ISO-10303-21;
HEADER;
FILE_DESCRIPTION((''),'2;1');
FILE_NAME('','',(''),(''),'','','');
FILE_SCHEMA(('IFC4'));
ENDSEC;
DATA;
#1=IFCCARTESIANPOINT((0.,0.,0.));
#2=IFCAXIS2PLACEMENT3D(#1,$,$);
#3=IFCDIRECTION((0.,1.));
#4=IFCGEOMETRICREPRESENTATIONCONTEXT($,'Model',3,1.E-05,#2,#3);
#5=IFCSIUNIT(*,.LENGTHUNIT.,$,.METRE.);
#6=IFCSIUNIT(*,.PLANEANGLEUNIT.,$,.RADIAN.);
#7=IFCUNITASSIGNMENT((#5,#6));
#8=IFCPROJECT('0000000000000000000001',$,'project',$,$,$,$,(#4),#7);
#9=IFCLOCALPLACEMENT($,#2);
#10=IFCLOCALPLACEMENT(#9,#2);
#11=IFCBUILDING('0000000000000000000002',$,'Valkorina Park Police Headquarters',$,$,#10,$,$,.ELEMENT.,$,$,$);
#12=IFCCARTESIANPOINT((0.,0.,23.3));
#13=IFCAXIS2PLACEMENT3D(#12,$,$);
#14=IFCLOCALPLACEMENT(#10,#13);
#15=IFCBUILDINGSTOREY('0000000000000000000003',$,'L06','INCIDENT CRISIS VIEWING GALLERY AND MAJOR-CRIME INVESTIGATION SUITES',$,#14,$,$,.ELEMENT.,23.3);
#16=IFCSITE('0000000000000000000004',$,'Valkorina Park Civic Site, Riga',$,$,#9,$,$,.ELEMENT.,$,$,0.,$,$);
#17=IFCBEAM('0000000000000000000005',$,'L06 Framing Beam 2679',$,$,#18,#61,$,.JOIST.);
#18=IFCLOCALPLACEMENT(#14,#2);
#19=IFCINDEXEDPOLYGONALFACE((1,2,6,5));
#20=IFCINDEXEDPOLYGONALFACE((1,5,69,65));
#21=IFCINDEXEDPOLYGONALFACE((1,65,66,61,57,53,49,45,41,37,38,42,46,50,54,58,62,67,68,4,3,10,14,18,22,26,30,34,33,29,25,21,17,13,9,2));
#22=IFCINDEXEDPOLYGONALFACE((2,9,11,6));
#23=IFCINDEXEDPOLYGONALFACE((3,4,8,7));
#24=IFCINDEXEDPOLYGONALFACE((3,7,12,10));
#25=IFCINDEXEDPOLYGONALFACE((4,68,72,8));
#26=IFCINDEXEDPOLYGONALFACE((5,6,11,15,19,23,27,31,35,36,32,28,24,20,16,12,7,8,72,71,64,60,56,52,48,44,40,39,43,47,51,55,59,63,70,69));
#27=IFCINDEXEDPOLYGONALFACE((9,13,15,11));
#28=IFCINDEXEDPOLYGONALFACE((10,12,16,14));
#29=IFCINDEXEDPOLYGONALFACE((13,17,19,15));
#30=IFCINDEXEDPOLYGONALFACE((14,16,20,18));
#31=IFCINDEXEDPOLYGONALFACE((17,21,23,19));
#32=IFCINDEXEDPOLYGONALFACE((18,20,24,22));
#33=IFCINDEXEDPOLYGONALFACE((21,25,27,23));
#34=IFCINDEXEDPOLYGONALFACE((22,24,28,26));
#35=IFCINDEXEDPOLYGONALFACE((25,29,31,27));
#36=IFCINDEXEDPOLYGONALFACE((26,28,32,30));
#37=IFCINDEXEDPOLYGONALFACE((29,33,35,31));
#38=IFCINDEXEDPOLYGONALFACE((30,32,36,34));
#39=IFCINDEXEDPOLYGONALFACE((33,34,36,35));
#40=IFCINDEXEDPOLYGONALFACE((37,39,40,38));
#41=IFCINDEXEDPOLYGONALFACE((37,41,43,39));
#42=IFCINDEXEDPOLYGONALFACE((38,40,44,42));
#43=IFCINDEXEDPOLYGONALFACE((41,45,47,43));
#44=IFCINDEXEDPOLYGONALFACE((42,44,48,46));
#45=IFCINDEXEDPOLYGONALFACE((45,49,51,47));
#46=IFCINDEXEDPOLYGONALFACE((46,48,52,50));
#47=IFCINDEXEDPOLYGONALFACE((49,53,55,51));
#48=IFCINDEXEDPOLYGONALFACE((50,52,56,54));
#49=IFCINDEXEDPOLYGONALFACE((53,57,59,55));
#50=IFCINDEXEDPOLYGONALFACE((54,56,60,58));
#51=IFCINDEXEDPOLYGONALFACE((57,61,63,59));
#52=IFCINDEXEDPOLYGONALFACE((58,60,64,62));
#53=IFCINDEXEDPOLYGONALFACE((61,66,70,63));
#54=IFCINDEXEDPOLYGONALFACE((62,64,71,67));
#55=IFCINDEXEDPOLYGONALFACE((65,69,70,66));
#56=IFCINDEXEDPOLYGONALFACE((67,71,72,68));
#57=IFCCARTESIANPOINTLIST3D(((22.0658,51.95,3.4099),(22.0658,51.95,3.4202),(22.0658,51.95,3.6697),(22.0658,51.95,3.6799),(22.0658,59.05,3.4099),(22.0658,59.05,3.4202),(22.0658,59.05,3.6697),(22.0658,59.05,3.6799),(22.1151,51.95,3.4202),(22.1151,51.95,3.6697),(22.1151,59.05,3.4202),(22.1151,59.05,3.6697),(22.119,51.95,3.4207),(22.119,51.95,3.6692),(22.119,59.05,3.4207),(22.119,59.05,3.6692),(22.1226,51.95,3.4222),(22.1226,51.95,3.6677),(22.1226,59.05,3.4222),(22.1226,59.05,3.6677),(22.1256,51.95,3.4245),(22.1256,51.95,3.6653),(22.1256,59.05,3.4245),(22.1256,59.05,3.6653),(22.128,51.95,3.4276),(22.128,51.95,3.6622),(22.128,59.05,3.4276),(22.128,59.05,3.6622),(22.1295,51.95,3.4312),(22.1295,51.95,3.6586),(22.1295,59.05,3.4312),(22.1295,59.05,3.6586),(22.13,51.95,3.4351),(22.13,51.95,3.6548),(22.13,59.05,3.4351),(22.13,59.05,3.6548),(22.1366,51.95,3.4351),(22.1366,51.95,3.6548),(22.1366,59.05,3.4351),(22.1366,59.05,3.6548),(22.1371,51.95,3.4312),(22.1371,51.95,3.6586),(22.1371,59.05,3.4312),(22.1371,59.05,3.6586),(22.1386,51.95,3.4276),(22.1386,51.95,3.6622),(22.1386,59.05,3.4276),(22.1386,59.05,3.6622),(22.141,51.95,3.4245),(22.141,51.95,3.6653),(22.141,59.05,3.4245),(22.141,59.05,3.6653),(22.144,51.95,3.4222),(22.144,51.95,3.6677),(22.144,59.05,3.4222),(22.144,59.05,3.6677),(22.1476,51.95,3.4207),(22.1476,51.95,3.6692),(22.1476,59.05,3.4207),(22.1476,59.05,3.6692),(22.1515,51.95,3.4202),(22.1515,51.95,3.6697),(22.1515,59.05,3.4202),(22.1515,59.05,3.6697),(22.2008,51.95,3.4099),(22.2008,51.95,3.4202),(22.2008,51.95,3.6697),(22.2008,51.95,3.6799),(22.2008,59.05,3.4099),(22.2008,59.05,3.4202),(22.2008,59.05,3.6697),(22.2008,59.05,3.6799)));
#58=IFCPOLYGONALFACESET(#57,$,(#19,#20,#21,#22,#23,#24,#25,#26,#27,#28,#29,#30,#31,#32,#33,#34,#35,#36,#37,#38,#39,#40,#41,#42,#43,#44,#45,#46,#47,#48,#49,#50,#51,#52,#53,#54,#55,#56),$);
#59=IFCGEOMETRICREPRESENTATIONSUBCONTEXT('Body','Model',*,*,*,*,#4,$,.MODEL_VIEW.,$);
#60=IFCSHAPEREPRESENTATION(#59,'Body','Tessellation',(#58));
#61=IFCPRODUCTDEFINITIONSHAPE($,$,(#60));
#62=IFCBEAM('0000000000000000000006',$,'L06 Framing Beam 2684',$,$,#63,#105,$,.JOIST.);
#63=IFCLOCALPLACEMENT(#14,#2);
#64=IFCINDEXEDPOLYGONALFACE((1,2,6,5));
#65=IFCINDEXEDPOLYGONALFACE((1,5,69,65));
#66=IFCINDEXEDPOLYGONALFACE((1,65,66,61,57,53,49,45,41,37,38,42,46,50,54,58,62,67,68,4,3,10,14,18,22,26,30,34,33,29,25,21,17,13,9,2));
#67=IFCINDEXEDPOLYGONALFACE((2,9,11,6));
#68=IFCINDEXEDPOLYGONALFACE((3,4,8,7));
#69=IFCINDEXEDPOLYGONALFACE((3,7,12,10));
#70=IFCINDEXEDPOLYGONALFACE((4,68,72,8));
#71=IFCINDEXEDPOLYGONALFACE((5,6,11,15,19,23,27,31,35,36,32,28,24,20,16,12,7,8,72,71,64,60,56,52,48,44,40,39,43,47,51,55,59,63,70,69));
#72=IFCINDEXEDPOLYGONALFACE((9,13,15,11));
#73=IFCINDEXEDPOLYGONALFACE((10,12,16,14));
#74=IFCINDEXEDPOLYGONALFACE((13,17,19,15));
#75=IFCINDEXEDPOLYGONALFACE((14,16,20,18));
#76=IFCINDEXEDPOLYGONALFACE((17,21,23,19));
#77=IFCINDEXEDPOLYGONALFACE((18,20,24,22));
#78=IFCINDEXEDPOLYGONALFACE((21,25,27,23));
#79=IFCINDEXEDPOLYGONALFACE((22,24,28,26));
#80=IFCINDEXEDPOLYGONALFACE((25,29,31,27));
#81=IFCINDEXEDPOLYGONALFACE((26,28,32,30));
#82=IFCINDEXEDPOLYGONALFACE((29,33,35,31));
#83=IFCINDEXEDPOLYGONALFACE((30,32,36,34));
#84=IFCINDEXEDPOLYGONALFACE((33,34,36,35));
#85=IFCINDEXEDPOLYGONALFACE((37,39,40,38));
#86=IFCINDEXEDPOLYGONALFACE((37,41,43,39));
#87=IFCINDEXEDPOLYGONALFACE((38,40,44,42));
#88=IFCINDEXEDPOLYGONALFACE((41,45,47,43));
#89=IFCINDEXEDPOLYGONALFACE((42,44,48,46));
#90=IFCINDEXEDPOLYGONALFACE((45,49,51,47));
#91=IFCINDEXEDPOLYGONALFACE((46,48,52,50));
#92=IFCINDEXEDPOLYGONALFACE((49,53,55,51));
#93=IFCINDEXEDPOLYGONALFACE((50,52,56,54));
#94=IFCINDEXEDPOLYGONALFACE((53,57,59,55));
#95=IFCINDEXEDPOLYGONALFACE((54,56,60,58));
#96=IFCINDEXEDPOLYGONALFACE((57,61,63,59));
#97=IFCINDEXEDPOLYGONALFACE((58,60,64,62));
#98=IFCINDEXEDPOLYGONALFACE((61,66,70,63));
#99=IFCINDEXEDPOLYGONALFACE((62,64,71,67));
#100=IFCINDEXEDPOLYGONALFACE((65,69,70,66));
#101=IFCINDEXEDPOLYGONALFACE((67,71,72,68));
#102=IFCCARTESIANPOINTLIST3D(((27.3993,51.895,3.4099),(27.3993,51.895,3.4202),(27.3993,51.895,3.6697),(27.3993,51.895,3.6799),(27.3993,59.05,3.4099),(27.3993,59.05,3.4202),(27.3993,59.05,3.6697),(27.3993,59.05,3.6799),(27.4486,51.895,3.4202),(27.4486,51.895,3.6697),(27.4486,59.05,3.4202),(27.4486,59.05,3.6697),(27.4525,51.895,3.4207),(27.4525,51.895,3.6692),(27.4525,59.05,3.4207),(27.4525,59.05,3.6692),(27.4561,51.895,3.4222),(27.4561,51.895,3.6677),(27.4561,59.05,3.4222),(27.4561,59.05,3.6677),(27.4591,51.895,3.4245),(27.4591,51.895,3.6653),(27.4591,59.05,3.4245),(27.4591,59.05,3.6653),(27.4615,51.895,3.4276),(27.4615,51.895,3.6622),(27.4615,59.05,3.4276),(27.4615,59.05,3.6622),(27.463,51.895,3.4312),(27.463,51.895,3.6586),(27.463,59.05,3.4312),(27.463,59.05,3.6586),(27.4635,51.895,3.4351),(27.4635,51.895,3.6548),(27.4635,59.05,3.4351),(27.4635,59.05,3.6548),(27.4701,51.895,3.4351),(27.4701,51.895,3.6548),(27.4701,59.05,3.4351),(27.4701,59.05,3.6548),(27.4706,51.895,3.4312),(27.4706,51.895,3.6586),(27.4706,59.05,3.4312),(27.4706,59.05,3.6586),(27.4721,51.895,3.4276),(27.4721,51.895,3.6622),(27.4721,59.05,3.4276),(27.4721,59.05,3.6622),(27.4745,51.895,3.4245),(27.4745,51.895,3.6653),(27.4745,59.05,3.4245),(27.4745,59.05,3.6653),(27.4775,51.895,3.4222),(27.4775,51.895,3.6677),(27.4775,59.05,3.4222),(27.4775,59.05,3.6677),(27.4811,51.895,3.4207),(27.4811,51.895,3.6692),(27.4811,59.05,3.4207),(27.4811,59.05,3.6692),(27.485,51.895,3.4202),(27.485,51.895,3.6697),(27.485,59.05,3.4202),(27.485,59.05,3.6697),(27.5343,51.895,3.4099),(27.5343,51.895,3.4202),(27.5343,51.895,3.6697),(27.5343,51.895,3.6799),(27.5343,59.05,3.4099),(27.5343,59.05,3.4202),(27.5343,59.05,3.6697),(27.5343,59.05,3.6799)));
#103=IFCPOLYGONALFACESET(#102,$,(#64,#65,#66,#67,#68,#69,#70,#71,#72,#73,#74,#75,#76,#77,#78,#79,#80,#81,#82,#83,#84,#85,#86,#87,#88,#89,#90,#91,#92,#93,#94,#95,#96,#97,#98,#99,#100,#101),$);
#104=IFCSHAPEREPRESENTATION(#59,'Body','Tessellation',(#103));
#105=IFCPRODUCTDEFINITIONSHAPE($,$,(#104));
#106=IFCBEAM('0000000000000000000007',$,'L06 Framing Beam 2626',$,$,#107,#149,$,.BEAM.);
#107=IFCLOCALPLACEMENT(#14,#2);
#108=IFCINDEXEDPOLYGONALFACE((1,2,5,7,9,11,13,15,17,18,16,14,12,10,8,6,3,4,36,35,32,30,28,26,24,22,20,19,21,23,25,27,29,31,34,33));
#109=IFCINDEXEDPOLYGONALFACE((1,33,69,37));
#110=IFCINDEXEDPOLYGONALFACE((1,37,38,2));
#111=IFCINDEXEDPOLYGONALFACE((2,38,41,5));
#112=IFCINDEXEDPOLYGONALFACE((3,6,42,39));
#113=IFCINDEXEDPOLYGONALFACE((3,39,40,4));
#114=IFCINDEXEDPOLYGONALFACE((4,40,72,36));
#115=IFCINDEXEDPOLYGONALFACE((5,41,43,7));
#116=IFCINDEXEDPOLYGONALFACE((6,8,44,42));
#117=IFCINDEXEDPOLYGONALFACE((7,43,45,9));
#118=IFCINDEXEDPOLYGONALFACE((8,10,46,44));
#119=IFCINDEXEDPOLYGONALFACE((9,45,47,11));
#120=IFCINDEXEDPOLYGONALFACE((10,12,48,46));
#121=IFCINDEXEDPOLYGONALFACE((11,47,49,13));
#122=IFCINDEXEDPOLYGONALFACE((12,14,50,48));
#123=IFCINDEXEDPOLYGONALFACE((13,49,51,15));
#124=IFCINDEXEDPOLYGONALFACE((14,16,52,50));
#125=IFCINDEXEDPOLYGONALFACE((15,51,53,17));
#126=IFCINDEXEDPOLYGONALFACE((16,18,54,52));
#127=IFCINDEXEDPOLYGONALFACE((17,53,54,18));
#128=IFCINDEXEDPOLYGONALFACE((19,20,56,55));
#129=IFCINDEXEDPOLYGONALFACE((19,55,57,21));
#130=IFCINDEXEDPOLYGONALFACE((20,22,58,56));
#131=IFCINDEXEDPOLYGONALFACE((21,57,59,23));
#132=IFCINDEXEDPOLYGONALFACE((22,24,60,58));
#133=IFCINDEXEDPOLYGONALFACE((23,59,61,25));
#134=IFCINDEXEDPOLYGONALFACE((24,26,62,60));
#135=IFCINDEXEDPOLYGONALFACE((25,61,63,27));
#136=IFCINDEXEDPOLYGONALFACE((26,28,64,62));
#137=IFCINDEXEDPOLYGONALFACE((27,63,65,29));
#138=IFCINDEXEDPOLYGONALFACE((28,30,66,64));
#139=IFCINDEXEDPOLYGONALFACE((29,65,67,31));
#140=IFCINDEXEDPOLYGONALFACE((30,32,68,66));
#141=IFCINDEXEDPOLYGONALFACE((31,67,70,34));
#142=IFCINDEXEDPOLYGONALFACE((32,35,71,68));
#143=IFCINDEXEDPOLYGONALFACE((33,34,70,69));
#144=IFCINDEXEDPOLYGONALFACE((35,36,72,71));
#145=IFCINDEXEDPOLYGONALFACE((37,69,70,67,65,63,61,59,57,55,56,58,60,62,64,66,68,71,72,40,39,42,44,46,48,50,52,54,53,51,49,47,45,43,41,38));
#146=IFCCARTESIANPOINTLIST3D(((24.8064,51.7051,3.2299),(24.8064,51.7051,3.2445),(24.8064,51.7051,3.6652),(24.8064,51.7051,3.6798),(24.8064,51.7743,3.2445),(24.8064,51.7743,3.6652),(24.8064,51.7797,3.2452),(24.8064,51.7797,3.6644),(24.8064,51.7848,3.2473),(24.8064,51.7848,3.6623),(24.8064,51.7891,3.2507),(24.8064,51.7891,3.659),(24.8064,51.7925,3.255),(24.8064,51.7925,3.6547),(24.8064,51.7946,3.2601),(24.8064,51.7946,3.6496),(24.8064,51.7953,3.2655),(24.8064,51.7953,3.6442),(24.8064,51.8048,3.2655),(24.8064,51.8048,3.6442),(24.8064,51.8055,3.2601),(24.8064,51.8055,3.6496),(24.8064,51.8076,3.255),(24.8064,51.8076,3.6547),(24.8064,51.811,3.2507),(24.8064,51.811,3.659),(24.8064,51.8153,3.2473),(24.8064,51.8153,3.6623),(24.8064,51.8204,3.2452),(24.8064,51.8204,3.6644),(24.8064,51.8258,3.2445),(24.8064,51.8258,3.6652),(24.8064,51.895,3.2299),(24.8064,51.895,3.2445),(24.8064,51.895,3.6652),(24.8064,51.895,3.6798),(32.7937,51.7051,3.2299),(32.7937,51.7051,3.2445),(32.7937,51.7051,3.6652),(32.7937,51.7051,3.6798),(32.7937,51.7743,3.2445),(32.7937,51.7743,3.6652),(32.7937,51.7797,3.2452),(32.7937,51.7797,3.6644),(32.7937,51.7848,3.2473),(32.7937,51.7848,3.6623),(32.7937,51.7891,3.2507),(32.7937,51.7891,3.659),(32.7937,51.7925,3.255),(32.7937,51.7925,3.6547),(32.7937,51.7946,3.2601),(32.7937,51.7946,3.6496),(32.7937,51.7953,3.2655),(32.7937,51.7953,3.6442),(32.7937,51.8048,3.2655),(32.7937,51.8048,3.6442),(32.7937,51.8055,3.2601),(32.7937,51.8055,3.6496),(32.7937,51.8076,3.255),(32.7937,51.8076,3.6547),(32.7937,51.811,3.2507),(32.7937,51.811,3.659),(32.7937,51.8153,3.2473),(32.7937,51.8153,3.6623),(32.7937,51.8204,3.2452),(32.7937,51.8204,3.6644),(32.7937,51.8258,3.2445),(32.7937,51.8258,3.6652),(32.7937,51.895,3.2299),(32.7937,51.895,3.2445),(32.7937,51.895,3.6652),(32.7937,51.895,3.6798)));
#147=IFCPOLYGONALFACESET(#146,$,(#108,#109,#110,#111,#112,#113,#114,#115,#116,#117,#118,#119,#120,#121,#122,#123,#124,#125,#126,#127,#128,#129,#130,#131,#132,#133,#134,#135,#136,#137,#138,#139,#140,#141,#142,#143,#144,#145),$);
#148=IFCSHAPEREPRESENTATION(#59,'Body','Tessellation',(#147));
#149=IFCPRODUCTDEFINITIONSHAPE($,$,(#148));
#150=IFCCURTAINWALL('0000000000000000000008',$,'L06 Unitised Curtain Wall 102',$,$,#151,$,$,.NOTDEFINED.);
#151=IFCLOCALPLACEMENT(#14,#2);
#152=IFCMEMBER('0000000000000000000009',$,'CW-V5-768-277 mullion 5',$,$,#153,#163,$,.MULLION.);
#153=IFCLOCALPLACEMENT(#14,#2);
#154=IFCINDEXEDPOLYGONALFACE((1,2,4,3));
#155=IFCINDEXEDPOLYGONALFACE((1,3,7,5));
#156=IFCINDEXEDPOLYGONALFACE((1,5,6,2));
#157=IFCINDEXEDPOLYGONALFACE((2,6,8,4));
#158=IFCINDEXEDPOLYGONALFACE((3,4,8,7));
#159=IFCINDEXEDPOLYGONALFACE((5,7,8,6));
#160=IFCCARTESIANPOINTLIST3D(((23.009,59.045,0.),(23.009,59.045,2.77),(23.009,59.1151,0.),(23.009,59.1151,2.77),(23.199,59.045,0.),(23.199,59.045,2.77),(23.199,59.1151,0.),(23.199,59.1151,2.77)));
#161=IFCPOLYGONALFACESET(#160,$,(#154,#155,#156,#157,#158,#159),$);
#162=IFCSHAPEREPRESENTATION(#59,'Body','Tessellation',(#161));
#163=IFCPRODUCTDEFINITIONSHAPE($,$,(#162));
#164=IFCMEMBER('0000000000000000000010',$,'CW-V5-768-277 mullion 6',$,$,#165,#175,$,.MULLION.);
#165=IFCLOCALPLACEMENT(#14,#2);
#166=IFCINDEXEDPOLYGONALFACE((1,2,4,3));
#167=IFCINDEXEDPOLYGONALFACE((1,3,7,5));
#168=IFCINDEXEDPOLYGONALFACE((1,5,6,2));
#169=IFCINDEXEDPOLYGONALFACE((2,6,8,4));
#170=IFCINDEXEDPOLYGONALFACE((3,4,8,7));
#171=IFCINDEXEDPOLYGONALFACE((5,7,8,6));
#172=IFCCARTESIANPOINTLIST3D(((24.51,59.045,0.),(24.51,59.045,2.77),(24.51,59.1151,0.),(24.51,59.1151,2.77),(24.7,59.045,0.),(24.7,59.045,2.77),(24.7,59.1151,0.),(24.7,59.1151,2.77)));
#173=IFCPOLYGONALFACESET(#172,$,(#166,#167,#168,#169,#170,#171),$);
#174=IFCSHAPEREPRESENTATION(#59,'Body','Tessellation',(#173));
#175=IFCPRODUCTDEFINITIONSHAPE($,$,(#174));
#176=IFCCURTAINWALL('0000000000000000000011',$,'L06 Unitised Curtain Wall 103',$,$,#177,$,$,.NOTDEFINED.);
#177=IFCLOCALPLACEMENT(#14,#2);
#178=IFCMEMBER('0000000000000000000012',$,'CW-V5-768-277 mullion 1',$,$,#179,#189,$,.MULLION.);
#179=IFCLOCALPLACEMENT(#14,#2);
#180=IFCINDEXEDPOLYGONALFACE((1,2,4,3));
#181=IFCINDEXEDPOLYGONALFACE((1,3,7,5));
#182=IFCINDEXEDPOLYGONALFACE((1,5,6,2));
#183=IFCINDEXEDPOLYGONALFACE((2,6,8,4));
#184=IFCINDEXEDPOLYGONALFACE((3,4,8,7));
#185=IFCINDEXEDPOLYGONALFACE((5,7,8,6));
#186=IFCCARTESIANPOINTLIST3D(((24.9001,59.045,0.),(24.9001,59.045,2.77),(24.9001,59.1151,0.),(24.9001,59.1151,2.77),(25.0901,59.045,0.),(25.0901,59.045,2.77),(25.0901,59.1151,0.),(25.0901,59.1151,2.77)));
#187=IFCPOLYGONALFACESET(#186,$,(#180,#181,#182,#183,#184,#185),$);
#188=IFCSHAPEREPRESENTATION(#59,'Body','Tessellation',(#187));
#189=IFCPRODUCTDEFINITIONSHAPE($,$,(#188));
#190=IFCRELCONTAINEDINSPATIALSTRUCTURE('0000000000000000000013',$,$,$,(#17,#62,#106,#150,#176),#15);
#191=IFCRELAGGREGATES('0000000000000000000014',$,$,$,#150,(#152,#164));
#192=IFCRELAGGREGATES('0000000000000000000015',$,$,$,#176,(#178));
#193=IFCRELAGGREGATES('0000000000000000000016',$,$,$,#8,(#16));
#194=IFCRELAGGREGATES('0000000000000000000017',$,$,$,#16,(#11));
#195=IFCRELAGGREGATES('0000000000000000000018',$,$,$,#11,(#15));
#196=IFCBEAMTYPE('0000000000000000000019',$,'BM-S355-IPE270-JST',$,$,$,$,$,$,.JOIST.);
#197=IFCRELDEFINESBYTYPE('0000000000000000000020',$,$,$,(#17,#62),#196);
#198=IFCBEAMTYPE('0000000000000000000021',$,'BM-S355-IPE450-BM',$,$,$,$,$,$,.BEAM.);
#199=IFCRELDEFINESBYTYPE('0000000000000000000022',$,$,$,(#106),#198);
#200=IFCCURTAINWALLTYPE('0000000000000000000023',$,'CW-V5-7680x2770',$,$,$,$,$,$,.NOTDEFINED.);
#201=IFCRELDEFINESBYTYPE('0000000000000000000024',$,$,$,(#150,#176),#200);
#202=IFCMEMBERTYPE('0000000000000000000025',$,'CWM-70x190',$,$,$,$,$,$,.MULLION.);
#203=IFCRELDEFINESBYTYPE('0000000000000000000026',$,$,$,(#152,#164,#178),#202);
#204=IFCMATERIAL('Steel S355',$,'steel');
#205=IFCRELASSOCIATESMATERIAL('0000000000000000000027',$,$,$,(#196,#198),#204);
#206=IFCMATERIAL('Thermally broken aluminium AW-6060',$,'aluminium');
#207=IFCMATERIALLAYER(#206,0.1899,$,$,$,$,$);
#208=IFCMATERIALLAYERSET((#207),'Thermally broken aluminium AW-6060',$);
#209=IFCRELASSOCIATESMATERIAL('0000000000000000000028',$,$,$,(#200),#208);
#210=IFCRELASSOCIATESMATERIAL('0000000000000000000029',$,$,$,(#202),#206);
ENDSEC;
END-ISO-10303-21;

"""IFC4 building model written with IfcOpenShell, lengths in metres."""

from ifc_helpers import new_model, si_unit, direction, frame, origin, origin_2d, place, context, subcontext, project, spatial, rectangle, i_section, extrude, material, layer, layer_set, material_profile, profile_set, type_object, element, aggregate, save


model = new_model("IFC4")

# Units and contexts
model_context = context("Model", 3, precision=1e-05, world=origin(), true_north=direction((0.0, 1.0)))
body_context = subcontext(model_context, "Body", "Model", "MODEL_VIEW")
ifc_project = project(units=[si_unit("LENGTHUNIT", "METRE"), si_unit("PLANEANGLEUNIT", "RADIAN")], contexts=[model_context])

# Site, building, storey
site_placement = place(None, origin())
site = spatial("IfcSite", under=ifc_project, at=site_placement, Name="Valkorina Park Civic Site, Riga", CompositionType="ELEMENT", RefElevation=0.0)
building_placement = place(site_placement, origin())
building = spatial("IfcBuilding", under=site, at=building_placement, Name="Valkorina Park Police Headquarters", CompositionType="ELEMENT")
storey_placement = place(building_placement, frame((0.0, 0.0, 23.3)))
storey = spatial("IfcBuildingStorey", under=building, at=storey_placement, Name="L06", Description="INCIDENT CRISIS VIEWING GALLERY AND MAJOR-CRIME INVESTIGATION SUITES", CompositionType="ELEMENT", Elevation=23.3)

# Shared definitions
ifc_material_1 = material(Name="Steel S355", Category="steel")

# Beams
ifc_material_profile_1 = material_profile(ifc_material_1, i_section(OverallWidth=0.135, OverallDepth=0.27, WebThickness=0.0066, FlangeThickness=0.0103, FilletRadius=0.0149, at=origin_2d()), Name="IPE 270")
ifc_profile_set_1 = profile_set([ifc_material_profile_1], Name="Steel S355")
beam_type_1 = type_object("IfcBeamType", Name="BM-S355-IPE270-JST", PredefinedType="JOIST", material=ifc_profile_set_1)
beam_1_placement = place(storey_placement, frame((22.1333, 51.95, 3.5449), z_axis=(0.0, 1.0, 0.0), x_axis=(-1.0, 0.0, 0.0)))
element("IfcBeam", 1, at=beam_1_placement, inside=storey, type_object=beam_type_1, Name="L06 Framing Beam 2679", PredefinedType="JOIST", context=body_context, shape_type="SweptSolid", body=[
    extrude(i_section(OverallWidth=0.135, OverallDepth=0.27, WebThickness=0.0066, FlangeThickness=0.0103, FilletRadius=0.0149, at=origin_2d()), origin(), (0.0, 0.0, 1.0), 7.1001),
])
beam_2_placement = place(storey_placement, frame((27.4668, 51.895, 3.5449), z_axis=(0.0, 1.0, 0.0), x_axis=(-1.0, 0.0, 0.0)))
element("IfcBeam", 2, at=beam_2_placement, inside=storey, type_object=beam_type_1, Name="L06 Framing Beam 2684", PredefinedType="JOIST", context=body_context, shape_type="SweptSolid", body=[
    extrude(i_section(OverallWidth=0.135, OverallDepth=0.27, WebThickness=0.0066, FlangeThickness=0.0103, FilletRadius=0.0149, at=origin_2d()), origin(), (0.0, 0.0, 1.0), 7.155),
])
ifc_material_profile_2 = material_profile(ifc_material_1, i_section(OverallWidth=0.1899, OverallDepth=0.45, WebThickness=0.0095, FlangeThickness=0.0146, FilletRadius=0.021, at=origin_2d()), Name="IPE 450")
ifc_profile_set_2 = profile_set([ifc_material_profile_2], Name="Steel S355")
beam_type_2 = type_object("IfcBeamType", Name="BM-S355-IPE450-BM", PredefinedType="BEAM", material=ifc_profile_set_2)
beam_3_placement = place(storey_placement, frame((24.8064, 51.8, 3.4548), z_axis=(1.0, 0.0, 0.0), x_axis=(0.0, 1.0, 0.0)))
element("IfcBeam", 3, at=beam_3_placement, inside=storey, type_object=beam_type_2, Name="L06 Framing Beam 2626", PredefinedType="BEAM", context=body_context, shape_type="SweptSolid", body=[
    extrude(i_section(OverallWidth=0.1899, OverallDepth=0.45, WebThickness=0.0095, FlangeThickness=0.0146, FilletRadius=0.021, at=origin_2d()), origin(), (0.0, 0.0, 1.0), 7.9873),
])

# Curtain wall, members
ifc_material_2 = material(Name="Thermally broken aluminium AW-6060", Category="aluminium")
ifc_layer_1 = layer(ifc_material_2, 0.1899)
ifc_layer_set_1 = layer_set([ifc_layer_1], Name="Thermally broken aluminium AW-6060")
curtain_wall_type = type_object("IfcCurtainWallType", Name="CW-V5-7680x2770", PredefinedType="NOTDEFINED", material=ifc_layer_set_1)
curtain_wall_1_placement = place(storey_placement, origin())
curtain_wall_1 = element("IfcCurtainWall", 4, at=curtain_wall_1_placement, inside=storey, type_object=curtain_wall_type, Name="L06 Unitised Curtain Wall 102", PredefinedType="NOTDEFINED")
ifc_material_profile_3 = material_profile(ifc_material_2, rectangle(XDim=0.0701, YDim=0.1899, at=origin_2d()), Name="CWM-02 70x190")
ifc_profile_set_3 = profile_set([ifc_material_profile_3], Name="Thermally broken aluminium AW-6060")
member_type_1 = type_object("IfcMemberType", Name="CWM-70x190", PredefinedType="MULLION", material=ifc_profile_set_3)
member_1_placement = place(storey_placement, frame((23.104, 59.0801, 0.0), z_axis=(0.0, 0.0, 1.0), x_axis=(0.0, 1.0, 0.0)))
member_1 = element("IfcMember", 5, at=member_1_placement, type_object=member_type_1, Name="CW-V5-768-277 mullion 5", PredefinedType="MULLION", context=body_context, shape_type="SweptSolid", body=[
    extrude(rectangle(XDim=0.0701, YDim=0.1899, at=origin_2d()), origin(), (0.0, 0.0, 1.0), 2.77),
])
member_2_placement = place(storey_placement, frame((24.605, 59.0801, 0.0), z_axis=(0.0, 0.0, 1.0), x_axis=(0.0, 1.0, 0.0)))
member_2 = element("IfcMember", 6, at=member_2_placement, type_object=member_type_1, Name="CW-V5-768-277 mullion 6", PredefinedType="MULLION", context=body_context, shape_type="SweptSolid", body=[
    extrude(rectangle(XDim=0.0701, YDim=0.1899, at=origin_2d()), origin(), (0.0, 0.0, 1.0), 2.77),
])

# Curtain wall, member
curtain_wall_2_placement = place(storey_placement, origin())
curtain_wall_2 = element("IfcCurtainWall", 7, at=curtain_wall_2_placement, inside=storey, type_object=curtain_wall_type, Name="L06 Unitised Curtain Wall 103", PredefinedType="NOTDEFINED")
member_3_placement = place(storey_placement, frame((24.9951, 59.0801, 0.0), z_axis=(0.0, 0.0, 1.0), x_axis=(0.0, 1.0, 0.0)))
member_3 = element("IfcMember", 8, at=member_3_placement, type_object=member_type_1, Name="CW-V5-768-277 mullion 1", PredefinedType="MULLION", context=body_context, shape_type="SweptSolid", body=[
    extrude(rectangle(XDim=0.0701, YDim=0.1899, at=origin_2d()), origin(), (0.0, 0.0, 1.0), 2.77),
])

aggregate(curtain_wall_1, [member_1, member_2])
aggregate(curtain_wall_2, [member_3])

save(model, "model.ifc")
